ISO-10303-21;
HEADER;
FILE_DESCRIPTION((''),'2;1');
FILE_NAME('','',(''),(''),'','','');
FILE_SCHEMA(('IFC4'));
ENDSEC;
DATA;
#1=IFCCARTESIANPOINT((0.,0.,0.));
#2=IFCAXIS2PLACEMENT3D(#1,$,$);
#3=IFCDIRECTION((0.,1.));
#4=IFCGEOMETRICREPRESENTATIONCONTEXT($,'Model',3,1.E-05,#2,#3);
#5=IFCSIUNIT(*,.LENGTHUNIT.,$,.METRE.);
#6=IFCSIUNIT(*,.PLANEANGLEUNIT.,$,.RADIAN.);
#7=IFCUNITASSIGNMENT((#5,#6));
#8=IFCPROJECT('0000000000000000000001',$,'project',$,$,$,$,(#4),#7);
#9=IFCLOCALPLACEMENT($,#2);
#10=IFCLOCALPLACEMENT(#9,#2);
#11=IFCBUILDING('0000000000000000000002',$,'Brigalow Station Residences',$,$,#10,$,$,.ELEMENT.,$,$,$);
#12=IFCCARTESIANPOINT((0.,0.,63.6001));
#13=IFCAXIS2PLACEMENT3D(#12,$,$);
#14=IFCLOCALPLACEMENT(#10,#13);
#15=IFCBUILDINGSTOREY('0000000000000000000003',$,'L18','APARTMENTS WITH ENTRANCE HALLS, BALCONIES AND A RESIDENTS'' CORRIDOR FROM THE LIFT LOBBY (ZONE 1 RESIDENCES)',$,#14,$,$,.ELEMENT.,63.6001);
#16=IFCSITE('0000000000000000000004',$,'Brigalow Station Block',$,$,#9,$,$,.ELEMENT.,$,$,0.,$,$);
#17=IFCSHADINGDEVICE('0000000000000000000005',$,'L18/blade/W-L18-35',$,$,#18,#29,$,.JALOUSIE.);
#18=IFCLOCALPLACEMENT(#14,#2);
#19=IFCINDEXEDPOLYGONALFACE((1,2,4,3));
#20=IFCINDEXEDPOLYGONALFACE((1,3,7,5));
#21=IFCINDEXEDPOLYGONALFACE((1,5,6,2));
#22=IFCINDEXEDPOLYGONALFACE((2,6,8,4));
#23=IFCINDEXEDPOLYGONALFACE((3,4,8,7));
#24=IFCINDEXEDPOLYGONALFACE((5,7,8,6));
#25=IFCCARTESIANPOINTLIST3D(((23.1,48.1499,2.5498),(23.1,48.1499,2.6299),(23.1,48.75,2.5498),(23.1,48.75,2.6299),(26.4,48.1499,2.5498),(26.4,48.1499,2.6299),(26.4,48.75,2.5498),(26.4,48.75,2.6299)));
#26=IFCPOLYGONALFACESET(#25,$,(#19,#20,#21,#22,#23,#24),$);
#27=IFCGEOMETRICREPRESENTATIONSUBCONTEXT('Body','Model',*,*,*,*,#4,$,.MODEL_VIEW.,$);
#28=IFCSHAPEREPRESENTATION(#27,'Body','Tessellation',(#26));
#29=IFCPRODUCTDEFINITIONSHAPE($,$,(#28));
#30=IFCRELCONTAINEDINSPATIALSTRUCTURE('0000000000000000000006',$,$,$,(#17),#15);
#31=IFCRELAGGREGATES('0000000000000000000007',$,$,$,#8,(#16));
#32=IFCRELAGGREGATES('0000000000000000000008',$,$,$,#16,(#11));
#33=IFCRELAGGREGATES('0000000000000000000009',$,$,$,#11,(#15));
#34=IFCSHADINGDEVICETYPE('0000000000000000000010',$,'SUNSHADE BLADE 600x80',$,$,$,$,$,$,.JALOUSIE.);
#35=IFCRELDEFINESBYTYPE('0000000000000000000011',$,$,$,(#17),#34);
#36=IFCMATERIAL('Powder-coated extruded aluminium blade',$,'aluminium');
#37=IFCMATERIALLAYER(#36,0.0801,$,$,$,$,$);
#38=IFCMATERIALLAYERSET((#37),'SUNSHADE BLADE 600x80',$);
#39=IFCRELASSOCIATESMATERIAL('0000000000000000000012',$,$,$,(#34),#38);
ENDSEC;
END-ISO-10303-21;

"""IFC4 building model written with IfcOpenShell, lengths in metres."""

from ifc_helpers import new_model, si_unit, direction, frame, origin, origin_2d, place, context, subcontext, project, spatial, rectangle, extrude, material, layer, layer_set, type_object, element, save


model = new_model("IFC4")

# Units and contexts
model_context = context("Model", 3, precision=1e-05, world=origin(), true_north=direction((0.0, 1.0)))
body_context = subcontext(model_context, "Body", "Model", "MODEL_VIEW")
ifc_project = project(units=[si_unit("LENGTHUNIT", "METRE"), si_unit("PLANEANGLEUNIT", "RADIAN")], contexts=[model_context])

# Site, building, storey
site_placement = place(None, origin())
site = spatial("IfcSite", under=ifc_project, at=site_placement, Name="Brigalow Station Block", CompositionType="ELEMENT", RefElevation=0.0)
building_placement = place(site_placement, origin())
building = spatial("IfcBuilding", under=site, at=building_placement, Name="Brigalow Station Residences", CompositionType="ELEMENT")
storey_placement = place(building_placement, frame((0.0, 0.0, 63.6001)))
storey = spatial("IfcBuildingStorey", under=building, at=storey_placement, Name="L18", Description="APARTMENTS WITH ENTRANCE HALLS, BALCONIES AND A RESIDENTS' CORRIDOR FROM THE LIFT LOBBY (ZONE 1 RESIDENCES)", CompositionType="ELEMENT", Elevation=63.6001)

# Shading device
ifc_material_1 = material(Name="Powder-coated extruded aluminium blade", Category="aluminium")
ifc_layer_1 = layer(ifc_material_1, 0.0801)
ifc_layer_set_1 = layer_set([ifc_layer_1], Name="SUNSHADE BLADE 600x80")
shading_device_type = type_object("IfcShadingDeviceType", Name="SUNSHADE BLADE 600x80", PredefinedType="JALOUSIE", material=ifc_layer_set_1)
shading_device_placement = place(storey_placement, frame((24.75, 48.45, 2.5498), z_axis=(0.0, 0.0, 1.0), x_axis=(-1.0, 0.0, 0.0)))
element("IfcShadingDevice", 1, at=shading_device_placement, inside=storey, type_object=shading_device_type, Name="L18/blade/W-L18-35", PredefinedType="JALOUSIE", context=body_context, shape_type="SweptSolid", body=[
    extrude(rectangle(XDim=3.3, YDim=0.6001, at=origin_2d()), origin(), (0.0, 0.0, 1.0), 0.0801),
])

save(model, "model.ifc")
